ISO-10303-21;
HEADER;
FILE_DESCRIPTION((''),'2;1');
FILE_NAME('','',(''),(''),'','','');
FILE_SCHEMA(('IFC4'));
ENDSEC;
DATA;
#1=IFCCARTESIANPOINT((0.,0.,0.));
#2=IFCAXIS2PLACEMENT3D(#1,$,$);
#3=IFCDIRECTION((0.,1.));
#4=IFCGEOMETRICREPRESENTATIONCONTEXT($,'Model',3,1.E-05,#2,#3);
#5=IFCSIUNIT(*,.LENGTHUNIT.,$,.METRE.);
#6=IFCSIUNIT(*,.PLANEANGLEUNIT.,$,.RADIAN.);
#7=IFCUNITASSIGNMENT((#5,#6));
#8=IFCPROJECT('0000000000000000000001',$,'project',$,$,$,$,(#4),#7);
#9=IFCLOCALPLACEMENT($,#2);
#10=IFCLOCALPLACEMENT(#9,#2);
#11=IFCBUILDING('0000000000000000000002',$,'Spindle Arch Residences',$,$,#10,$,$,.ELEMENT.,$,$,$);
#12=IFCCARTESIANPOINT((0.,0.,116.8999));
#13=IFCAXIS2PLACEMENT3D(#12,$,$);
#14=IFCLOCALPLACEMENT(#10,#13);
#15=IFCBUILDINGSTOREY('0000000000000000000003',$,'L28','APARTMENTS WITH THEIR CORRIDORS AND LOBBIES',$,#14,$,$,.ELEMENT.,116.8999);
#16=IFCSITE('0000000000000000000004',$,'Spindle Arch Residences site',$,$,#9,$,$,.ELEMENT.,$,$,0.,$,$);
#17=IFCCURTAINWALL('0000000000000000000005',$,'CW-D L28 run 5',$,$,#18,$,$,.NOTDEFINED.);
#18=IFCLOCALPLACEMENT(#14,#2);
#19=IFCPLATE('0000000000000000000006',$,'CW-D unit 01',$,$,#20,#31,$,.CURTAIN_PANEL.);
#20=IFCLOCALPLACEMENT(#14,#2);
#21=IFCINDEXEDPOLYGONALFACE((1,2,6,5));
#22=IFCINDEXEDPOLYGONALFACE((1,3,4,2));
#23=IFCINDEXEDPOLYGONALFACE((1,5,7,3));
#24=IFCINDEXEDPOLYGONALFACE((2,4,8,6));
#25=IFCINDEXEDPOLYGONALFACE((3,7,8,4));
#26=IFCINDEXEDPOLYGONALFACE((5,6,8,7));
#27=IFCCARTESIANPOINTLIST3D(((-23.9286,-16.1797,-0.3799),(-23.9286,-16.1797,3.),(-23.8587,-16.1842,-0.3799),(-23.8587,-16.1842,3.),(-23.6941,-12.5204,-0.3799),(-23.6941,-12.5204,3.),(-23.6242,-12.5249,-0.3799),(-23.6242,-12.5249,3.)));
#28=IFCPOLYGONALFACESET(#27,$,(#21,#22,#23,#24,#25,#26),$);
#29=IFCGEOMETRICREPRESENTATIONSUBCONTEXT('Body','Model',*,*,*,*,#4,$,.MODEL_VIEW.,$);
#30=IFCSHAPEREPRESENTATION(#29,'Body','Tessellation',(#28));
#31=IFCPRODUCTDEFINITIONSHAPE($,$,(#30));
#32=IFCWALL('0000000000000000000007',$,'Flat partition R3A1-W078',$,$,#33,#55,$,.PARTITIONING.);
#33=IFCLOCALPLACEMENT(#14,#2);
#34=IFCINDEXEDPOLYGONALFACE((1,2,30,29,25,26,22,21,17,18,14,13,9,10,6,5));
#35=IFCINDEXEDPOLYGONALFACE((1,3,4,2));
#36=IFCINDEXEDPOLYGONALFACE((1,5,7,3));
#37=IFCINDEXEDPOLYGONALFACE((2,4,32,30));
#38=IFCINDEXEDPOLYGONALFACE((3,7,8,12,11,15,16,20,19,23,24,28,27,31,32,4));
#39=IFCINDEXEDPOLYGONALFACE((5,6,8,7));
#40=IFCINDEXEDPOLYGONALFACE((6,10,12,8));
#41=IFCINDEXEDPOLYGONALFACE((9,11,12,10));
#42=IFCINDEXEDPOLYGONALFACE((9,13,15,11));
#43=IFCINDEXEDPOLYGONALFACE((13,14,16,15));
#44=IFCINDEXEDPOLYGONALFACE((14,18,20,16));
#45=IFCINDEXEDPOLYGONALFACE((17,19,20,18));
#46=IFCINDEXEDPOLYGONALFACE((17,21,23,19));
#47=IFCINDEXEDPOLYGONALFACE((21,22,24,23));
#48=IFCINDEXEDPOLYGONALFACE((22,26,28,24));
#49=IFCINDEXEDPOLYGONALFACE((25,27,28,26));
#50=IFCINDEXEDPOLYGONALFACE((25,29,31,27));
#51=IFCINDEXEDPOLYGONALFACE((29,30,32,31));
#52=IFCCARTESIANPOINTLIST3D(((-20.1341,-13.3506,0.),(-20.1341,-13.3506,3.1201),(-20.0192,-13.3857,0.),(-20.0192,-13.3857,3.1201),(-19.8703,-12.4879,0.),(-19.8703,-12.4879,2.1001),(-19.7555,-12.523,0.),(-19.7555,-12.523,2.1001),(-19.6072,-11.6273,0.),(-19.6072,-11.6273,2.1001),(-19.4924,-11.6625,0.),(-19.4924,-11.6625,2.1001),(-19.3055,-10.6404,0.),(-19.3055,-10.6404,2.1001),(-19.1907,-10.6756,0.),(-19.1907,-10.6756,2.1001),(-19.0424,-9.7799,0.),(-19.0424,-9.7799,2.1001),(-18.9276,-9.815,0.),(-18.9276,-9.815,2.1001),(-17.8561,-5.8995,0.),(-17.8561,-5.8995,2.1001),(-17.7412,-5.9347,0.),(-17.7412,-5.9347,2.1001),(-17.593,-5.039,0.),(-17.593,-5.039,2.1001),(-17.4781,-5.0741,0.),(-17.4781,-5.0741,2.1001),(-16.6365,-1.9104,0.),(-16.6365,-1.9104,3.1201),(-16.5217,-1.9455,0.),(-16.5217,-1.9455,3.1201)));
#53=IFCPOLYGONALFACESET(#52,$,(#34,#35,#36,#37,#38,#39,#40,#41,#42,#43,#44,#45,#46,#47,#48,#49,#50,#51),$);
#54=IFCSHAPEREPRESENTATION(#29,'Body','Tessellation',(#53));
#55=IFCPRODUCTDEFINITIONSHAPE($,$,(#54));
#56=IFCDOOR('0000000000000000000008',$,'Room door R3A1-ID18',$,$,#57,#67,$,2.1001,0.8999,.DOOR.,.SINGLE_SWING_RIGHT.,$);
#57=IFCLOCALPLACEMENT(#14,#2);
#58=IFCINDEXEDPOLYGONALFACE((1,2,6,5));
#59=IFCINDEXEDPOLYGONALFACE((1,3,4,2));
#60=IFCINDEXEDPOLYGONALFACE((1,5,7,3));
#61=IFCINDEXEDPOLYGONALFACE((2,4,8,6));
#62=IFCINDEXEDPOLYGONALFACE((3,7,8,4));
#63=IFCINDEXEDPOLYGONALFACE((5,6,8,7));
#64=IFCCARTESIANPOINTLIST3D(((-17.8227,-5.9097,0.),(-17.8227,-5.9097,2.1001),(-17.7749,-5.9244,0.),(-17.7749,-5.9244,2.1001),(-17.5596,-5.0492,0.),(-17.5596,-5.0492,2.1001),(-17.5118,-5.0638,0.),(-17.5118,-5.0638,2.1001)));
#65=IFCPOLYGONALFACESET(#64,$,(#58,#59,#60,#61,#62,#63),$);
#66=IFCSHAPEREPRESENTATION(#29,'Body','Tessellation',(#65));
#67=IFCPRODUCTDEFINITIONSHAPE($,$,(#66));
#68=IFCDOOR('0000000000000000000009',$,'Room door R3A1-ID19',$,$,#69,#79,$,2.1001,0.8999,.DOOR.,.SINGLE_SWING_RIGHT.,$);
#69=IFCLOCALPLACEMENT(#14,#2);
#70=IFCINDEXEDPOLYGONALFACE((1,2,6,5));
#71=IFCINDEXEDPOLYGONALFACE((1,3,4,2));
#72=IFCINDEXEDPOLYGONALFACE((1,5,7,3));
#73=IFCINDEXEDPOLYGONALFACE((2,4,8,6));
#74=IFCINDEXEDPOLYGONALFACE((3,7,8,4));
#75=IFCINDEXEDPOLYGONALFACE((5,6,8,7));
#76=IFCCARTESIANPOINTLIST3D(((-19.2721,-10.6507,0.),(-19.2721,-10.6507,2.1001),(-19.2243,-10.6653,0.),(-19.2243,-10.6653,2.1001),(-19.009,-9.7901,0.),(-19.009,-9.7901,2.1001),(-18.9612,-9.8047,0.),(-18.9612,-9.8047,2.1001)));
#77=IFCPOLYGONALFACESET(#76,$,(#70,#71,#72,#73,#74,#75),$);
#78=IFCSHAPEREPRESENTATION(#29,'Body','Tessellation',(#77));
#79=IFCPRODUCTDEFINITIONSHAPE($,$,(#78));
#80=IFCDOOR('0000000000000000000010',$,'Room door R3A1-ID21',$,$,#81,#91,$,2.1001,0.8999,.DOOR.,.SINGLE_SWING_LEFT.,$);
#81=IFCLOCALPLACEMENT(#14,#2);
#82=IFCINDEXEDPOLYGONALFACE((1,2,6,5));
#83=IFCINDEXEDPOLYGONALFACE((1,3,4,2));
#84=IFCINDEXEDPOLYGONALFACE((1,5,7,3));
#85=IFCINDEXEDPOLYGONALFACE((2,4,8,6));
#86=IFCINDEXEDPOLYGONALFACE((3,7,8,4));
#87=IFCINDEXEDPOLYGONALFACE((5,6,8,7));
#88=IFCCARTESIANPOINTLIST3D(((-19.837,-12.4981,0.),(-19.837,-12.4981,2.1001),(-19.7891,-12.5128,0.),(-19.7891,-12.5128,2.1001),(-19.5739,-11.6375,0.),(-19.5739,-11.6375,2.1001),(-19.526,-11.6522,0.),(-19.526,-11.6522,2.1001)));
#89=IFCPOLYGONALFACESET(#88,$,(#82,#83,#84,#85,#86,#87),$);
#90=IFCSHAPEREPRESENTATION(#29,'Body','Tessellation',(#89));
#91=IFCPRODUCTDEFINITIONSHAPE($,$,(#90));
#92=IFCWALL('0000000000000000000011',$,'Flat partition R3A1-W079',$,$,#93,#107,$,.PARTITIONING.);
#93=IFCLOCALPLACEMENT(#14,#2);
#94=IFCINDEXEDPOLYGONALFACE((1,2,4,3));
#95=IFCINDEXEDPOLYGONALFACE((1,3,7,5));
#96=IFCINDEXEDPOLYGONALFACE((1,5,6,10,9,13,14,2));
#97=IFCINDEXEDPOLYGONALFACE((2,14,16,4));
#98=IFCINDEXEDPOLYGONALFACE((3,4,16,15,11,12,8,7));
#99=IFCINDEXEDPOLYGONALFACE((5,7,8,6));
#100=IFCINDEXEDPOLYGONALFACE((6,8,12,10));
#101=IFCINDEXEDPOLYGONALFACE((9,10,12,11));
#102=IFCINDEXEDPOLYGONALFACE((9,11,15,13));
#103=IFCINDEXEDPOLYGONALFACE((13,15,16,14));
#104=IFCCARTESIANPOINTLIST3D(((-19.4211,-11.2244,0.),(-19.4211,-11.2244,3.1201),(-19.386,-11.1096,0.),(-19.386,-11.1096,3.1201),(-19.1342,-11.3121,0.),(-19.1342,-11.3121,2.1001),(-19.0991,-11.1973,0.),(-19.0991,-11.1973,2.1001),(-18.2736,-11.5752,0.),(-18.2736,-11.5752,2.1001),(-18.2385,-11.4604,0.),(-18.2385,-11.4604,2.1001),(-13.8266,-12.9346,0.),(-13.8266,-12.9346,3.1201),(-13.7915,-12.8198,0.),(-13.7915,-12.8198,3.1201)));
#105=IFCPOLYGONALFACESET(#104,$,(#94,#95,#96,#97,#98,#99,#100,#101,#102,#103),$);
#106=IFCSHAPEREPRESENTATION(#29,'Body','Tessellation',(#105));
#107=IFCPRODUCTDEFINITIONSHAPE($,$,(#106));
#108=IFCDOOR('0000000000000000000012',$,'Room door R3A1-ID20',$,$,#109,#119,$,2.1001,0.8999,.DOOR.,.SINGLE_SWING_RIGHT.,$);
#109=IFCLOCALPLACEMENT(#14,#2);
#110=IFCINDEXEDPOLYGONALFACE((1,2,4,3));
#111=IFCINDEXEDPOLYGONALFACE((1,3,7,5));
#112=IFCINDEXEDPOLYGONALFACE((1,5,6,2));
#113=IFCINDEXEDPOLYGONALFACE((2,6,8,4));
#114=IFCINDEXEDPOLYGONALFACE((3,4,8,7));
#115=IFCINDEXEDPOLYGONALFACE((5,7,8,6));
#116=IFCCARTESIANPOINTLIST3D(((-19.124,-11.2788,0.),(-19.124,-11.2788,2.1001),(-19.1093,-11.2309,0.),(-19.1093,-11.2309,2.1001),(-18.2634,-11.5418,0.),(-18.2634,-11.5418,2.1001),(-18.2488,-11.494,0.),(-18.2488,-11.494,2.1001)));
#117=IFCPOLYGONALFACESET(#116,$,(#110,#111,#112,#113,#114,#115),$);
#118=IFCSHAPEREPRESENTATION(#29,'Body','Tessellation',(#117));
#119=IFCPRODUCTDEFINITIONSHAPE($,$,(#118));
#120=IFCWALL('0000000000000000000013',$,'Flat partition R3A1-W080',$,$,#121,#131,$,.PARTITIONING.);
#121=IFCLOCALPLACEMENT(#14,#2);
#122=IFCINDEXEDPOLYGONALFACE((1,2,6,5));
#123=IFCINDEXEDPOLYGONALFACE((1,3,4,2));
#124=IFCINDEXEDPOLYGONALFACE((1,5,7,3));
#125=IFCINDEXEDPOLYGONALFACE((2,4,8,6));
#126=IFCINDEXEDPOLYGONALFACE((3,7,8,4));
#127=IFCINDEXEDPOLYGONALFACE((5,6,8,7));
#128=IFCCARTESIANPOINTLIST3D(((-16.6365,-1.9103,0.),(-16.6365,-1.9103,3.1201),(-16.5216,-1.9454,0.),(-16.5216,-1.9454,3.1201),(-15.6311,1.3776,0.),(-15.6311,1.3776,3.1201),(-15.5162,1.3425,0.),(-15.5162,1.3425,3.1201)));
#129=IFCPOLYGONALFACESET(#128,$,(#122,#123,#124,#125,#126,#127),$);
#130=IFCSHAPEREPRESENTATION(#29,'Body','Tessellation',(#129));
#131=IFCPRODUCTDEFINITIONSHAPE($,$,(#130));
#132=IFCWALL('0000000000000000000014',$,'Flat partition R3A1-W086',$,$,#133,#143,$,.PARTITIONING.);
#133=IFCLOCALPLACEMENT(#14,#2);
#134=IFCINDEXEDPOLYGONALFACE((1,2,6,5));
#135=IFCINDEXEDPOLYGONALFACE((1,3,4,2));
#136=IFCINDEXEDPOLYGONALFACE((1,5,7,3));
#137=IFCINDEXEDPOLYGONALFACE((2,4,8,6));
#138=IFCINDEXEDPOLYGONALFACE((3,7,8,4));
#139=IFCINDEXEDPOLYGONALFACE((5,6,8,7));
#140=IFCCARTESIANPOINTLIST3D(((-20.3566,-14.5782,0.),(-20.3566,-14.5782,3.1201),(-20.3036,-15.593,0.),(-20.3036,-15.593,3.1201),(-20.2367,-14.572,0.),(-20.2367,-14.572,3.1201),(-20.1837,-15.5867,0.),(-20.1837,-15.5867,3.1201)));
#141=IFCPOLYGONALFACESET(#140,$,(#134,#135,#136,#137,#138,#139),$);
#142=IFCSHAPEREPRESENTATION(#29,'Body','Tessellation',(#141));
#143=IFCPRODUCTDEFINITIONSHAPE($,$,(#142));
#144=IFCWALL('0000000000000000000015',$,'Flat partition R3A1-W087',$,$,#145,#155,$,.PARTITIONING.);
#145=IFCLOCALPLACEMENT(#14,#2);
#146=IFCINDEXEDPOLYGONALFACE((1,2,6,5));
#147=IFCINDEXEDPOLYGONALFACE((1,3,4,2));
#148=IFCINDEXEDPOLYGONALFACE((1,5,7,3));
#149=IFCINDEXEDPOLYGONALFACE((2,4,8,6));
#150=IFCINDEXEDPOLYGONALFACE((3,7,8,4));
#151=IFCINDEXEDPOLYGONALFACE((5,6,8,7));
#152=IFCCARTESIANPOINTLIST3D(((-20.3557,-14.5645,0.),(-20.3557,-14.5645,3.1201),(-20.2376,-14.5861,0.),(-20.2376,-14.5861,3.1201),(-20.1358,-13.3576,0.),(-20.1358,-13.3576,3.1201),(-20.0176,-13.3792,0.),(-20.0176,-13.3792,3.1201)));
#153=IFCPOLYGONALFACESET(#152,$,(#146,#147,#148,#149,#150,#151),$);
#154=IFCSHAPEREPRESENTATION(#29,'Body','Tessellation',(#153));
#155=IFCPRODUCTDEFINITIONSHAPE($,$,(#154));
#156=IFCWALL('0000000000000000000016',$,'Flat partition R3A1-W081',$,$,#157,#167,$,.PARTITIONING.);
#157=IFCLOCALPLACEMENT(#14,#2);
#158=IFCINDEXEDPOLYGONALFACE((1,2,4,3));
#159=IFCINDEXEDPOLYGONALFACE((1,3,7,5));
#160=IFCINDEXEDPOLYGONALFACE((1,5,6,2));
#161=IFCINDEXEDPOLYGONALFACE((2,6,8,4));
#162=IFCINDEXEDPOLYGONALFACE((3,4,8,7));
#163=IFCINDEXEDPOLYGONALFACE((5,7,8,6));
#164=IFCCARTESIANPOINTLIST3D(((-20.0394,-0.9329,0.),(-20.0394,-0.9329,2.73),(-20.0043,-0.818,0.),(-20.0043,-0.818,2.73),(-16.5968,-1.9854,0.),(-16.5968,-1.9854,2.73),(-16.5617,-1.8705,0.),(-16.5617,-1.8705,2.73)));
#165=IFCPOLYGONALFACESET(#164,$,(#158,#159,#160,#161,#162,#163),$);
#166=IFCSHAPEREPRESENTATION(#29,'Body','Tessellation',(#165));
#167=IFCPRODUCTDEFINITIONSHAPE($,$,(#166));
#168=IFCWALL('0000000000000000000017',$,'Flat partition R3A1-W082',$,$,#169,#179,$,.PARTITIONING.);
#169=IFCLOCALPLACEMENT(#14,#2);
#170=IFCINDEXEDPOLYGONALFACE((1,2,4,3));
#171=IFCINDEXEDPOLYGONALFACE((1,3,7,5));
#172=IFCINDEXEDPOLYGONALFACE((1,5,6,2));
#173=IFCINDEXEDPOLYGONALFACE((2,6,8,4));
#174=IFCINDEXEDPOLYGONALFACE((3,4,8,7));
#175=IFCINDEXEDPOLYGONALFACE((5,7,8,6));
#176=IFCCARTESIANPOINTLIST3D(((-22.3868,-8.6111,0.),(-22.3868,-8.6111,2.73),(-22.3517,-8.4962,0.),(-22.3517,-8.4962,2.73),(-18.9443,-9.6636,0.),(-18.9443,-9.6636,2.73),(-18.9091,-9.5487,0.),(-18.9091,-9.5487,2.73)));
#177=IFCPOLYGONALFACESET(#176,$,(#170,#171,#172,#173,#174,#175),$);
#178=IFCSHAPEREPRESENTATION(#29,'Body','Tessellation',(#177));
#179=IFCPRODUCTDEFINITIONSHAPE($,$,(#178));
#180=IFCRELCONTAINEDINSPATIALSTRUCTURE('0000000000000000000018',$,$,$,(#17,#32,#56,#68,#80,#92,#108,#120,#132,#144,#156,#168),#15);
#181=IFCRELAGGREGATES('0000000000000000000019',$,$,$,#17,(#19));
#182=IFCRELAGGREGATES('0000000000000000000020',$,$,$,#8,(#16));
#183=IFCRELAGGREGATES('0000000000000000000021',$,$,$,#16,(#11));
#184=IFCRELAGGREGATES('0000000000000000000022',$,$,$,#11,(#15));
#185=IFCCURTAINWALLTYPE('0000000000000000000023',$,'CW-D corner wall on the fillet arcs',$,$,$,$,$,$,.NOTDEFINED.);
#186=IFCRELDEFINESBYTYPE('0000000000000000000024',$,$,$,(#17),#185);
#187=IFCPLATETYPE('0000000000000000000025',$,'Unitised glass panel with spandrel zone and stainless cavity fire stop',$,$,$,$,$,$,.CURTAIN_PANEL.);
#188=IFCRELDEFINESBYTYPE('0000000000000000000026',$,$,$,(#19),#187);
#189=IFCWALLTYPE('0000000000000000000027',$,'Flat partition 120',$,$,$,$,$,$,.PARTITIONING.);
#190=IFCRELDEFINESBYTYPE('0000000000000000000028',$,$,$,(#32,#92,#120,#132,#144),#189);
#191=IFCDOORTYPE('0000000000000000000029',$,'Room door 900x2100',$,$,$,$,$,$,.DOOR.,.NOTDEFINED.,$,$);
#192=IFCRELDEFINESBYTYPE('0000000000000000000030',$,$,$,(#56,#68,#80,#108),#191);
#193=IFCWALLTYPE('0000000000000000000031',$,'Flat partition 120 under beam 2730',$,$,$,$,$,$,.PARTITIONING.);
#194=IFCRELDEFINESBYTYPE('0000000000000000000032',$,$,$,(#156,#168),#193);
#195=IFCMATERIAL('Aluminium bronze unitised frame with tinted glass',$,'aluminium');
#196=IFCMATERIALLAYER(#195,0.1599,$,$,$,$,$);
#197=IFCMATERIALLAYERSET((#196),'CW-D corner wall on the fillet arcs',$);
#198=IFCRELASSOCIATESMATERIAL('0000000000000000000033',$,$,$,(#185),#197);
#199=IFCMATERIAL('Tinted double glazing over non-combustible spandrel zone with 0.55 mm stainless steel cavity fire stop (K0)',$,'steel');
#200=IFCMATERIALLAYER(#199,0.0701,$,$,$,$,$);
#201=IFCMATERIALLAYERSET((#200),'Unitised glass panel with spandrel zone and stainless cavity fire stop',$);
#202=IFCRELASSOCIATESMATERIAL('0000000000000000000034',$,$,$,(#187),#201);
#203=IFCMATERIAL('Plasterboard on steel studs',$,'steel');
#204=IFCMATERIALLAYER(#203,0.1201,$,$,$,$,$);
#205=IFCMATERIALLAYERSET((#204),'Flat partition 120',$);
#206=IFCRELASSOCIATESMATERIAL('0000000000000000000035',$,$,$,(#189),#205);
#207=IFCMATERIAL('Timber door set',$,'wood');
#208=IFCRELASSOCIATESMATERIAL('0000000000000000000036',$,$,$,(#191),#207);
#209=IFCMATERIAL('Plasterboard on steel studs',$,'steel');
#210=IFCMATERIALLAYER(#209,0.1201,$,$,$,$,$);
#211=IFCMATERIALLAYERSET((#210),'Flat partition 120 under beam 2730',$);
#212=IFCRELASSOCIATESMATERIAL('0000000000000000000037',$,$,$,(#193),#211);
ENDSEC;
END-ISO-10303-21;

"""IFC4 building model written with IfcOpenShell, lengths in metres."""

from ifc_helpers import new_model, si_unit, direction, frame, frame_2d, origin, origin_2d, place, context, subcontext, project, spatial, rectangle, extrude, material, layer, layer_set, type_object, element, fill, aggregate, save


model = new_model("IFC4")

# Units and contexts
model_context = context("Model", 3, precision=1e-05, world=origin(), true_north=direction((0.0, 1.0)))
body_context = subcontext(model_context, "Body", "Model", "MODEL_VIEW")
ifc_project = project(units=[si_unit("LENGTHUNIT", "METRE"), si_unit("PLANEANGLEUNIT", "RADIAN")], contexts=[model_context])

# Site, building, storey
site_placement = place(None, origin())
site = spatial("IfcSite", under=ifc_project, at=site_placement, Name="Spindle Arch Residences site", CompositionType="ELEMENT", RefElevation=0.0)
building_placement = place(site_placement, origin())
building = spatial("IfcBuilding", under=site, at=building_placement, Name="Spindle Arch Residences", CompositionType="ELEMENT")
storey_placement = place(building_placement, frame((0.0, 0.0, 116.8999)))
storey = spatial("IfcBuildingStorey", under=building, at=storey_placement, Name="L28", Description="APARTMENTS WITH THEIR CORRIDORS AND LOBBIES", CompositionType="ELEMENT", Elevation=116.8999)

# Curtain wall
ifc_material_1 = material(Name="Aluminium bronze unitised frame with tinted glass", Category="aluminium")
ifc_layer_1 = layer(ifc_material_1, 0.1599)
ifc_layer_set_1 = layer_set([ifc_layer_1], Name="CW-D corner wall on the fillet arcs")
curtain_wall_type_1 = type_object("IfcCurtainWallType", Name="CW-D corner wall on the fillet arcs", PredefinedType="NOTDEFINED", material=ifc_layer_set_1)
curtain_wall_1_placement = place(storey_placement, origin())
curtain_wall_1 = element("IfcCurtainWall", 1, at=curtain_wall_1_placement, inside=storey, type_object=curtain_wall_type_1, Name="CW-D L28 run 5", PredefinedType="NOTDEFINED")

# Plate
ifc_material_2 = material(Name="Tinted double glazing over non-combustible spandrel zone with 0.55 mm stainless steel cavity fire stop (K0)", Category="steel")
ifc_layer_2 = layer(ifc_material_2, 0.0701)
ifc_layer_set_2 = layer_set([ifc_layer_2], Name="Unitised glass panel with spandrel zone and stainless cavity fire stop")
plate_type = type_object("IfcPlateType", Name="Unitised glass panel with spandrel zone and stainless cavity fire stop", PredefinedType="CURTAIN_PANEL", material=ifc_layer_set_2)
plate_1_placement = place(storey_placement, frame((-23.7764, -14.3523, -0.3799), z_axis=(0.0, 0.0, 1.0), x_axis=(-0.063952, -0.997953, 0.0)))
plate_1 = element("IfcPlate", 2, at=plate_1_placement, type_object=plate_type, Name="CW-D unit 01", PredefinedType="CURTAIN_PANEL", context=body_context, shape_type="SweptSolid", body=[
    extrude(rectangle(XDim=3.6667, YDim=0.0701, at=origin_2d()), origin(), (0.0, 0.0, 1.0), 3.3799),
])
aggregate(curtain_wall_1, [plate_1])

# Wall, openings, doors
ifc_material_3 = material(Name="Plasterboard on steel studs", Category="steel")
ifc_layer_3 = layer(ifc_material_3, 0.1201)
ifc_layer_set_3 = layer_set([ifc_layer_3], Name="Flat partition 120")
wall_type_1 = type_object("IfcWallType", Name="Flat partition 120", PredefinedType="PARTITIONING", material=ifc_layer_set_3)
wall_1_placement = place(storey_placement, frame((-16.5791, -1.928, 0.0), z_axis=(0.0, 0.0, 1.0), x_axis=(-0.292367, -0.956306, 0.0)))
wall_1 = element("IfcWall", 3, at=wall_1_placement, inside=storey, type_object=wall_type_1, Name="Flat partition R3A1-W078", PredefinedType="PARTITIONING", context=body_context, shape_type="SweptSolid", body=[
    extrude(rectangle(XDim=11.9629, YDim=0.1201, at=frame_2d((5.9814, 0.0))), origin(), (0.0, 0.0, 1.0), 3.1201),
])
opening_1_placement = place(wall_1_placement, frame((3.2715, 0.0, 0.0)))
opening_1 = element("IfcOpeningElement", 4, at=opening_1_placement, cuts=wall_1, PredefinedType="OPENING", context=body_context, shape_type="SweptSolid", body=[
    extrude(rectangle(XDim=0.8999, YDim=2.1001, at=frame_2d((0.45, 1.05))), frame((0.0, 0.0701, 0.0), z_axis=(0.0, -1.0, 0.0), x_axis=(1.0, 0.0, 0.0)), (0.0, 0.0, 1.0), 0.1401),
])
opening_2_placement = place(wall_1_placement, frame((8.229, 0.0, 0.0)))
opening_2 = element("IfcOpeningElement", 5, at=opening_2_placement, cuts=wall_1, PredefinedType="OPENING", context=body_context, shape_type="SweptSolid", body=[
    extrude(rectangle(XDim=0.8999, YDim=2.1001, at=frame_2d((0.45, 1.05))), frame((0.0, 0.0701, 0.0), z_axis=(0.0, -1.0, 0.0), x_axis=(1.0, 0.0, 0.0)), (0.0, 0.0, 1.0), 0.1401),
])
opening_3_placement = place(wall_1_placement, frame((10.1609, 0.0, 0.0)))
opening_3 = element("IfcOpeningElement", 6, at=opening_3_placement, cuts=wall_1, PredefinedType="OPENING", context=body_context, shape_type="SweptSolid", body=[
    extrude(rectangle(XDim=0.8999, YDim=2.1001, at=frame_2d((0.45, 1.05))), frame((0.0, 0.0701, 0.0), z_axis=(0.0, -1.0, 0.0), x_axis=(1.0, 0.0, 0.0)), (0.0, 0.0, 1.0), 0.1401),
])
ifc_material_4 = material(Name="Timber door set", Category="wood")
door_type_1 = type_object("IfcDoorType", Name="Room door 900x2100", OperationType="NOTDEFINED", PredefinedType="DOOR", material=ifc_material_4)
door_1_placement = place(opening_1_placement, origin())
door_1 = element("IfcDoor", 7, at=door_1_placement, inside=storey, type_object=door_type_1, Name="Room door R3A1-ID18", OperationType="SINGLE_SWING_RIGHT", OverallHeight=2.1001, OverallWidth=0.8999, PredefinedType="DOOR", context=body_context, shape_type="SweptSolid", body=[
    extrude(rectangle(XDim=0.8999, YDim=2.1001, at=frame_2d((0.45, 1.05))), frame((0.0, 0.0249, 0.0), z_axis=(0.0, -1.0, 0.0), x_axis=(1.0, 0.0, 0.0)), (0.0, 0.0, 1.0), 0.05),
])
fill(opening_1, door_1)
door_2_placement = place(opening_2_placement, origin())
door_2 = element("IfcDoor", 8, at=door_2_placement, inside=storey, type_object=door_type_1, Name="Room door R3A1-ID19", OperationType="SINGLE_SWING_RIGHT", OverallHeight=2.1001, OverallWidth=0.8999, PredefinedType="DOOR", context=body_context, shape_type="SweptSolid", body=[
    extrude(rectangle(XDim=0.8999, YDim=2.1001, at=frame_2d((0.45, 1.05))), frame((0.0, 0.0249, 0.0), z_axis=(0.0, -1.0, 0.0), x_axis=(1.0, 0.0, 0.0)), (0.0, 0.0, 1.0), 0.05),
])
fill(opening_2, door_2)
door_3_placement = place(opening_3_placement, origin())
door_3 = element("IfcDoor", 9, at=door_3_placement, inside=storey, type_object=door_type_1, Name="Room door R3A1-ID21", OperationType="SINGLE_SWING_LEFT", OverallHeight=2.1001, OverallWidth=0.8999, PredefinedType="DOOR", context=body_context, shape_type="SweptSolid", body=[
    extrude(rectangle(XDim=0.8999, YDim=2.1001, at=frame_2d((0.45, 1.05))), frame((0.0, 0.0249, 0.0), z_axis=(0.0, -1.0, 0.0), x_axis=(1.0, 0.0, 0.0)), (0.0, 0.0, 1.0), 0.05),
])
fill(opening_3, door_3)

# Wall, opening, door
wall_2_placement = place(storey_placement, frame((-19.4036, -11.167, 0.0), z_axis=(0.0, 0.0, 1.0), x_axis=(0.956314, -0.29234, 0.0)))
wall_2 = element("IfcWall", 10, at=wall_2_placement, inside=storey, type_object=wall_type_1, Name="Flat partition R3A1-W079", PredefinedType="PARTITIONING", context=body_context, shape_type="SweptSolid", body=[
    extrude(rectangle(XDim=5.8501, YDim=0.1201, at=frame_2d((2.925, 0.0))), origin(), (0.0, 0.0, 1.0), 3.1201),
])
opening_4_placement = place(wall_2_placement, frame((0.3, 0.0, 0.0)))
opening_4 = element("IfcOpeningElement", 11, at=opening_4_placement, cuts=wall_2, PredefinedType="OPENING", context=body_context, shape_type="SweptSolid", body=[
    extrude(rectangle(XDim=0.8999, YDim=2.1001, at=frame_2d((0.45, 1.05))), frame((0.0, 0.0701, 0.0), z_axis=(0.0, -1.0, 0.0), x_axis=(1.0, 0.0, 0.0)), (0.0, 0.0, 1.0), 0.1401),
])
door_4_placement = place(opening_4_placement, origin())
door_4 = element("IfcDoor", 12, at=door_4_placement, inside=storey, type_object=door_type_1, Name="Room door R3A1-ID20", OperationType="SINGLE_SWING_RIGHT", OverallHeight=2.1001, OverallWidth=0.8999, PredefinedType="DOOR", context=body_context, shape_type="SweptSolid", body=[
    extrude(rectangle(XDim=0.8999, YDim=2.1001, at=frame_2d((0.45, 1.05))), frame((0.0, 0.0249, 0.0), z_axis=(0.0, -1.0, 0.0), x_axis=(1.0, 0.0, 0.0)), (0.0, 0.0, 1.0), 0.05),
])
fill(opening_4, door_4)

# Walls
wall_3_placement = place(storey_placement, frame((-16.5791, -1.928, 0.0), z_axis=(0.0, 0.0, 1.0), x_axis=(0.292419, 0.95629, 0.0)))
element("IfcWall", 13, at=wall_3_placement, inside=storey, type_object=wall_type_1, Name="Flat partition R3A1-W080", PredefinedType="PARTITIONING", context=body_context, shape_type="SweptSolid", body=[
    extrude(rectangle(XDim=3.4382, YDim=0.1201, at=frame_2d((1.7192, 0.0))), origin(), (0.0, 0.0, 1.0), 3.1201),
])
wall_4_placement = place(storey_placement, frame((-20.2437, -15.5898, 0.0), z_axis=(0.0, 0.0, 1.0), x_axis=(-0.052143, 0.99864, 0.0)))
element("IfcWall", 14, at=wall_4_placement, inside=storey, type_object=wall_type_1, Name="Flat partition R3A1-W086", PredefinedType="PARTITIONING", context=body_context, shape_type="SweptSolid", body=[
    extrude(rectangle(XDim=1.0161, YDim=0.1201, at=frame_2d((0.5081, 0.0))), origin(), (0.0, 0.0, 1.0), 3.1201),
])
wall_5_placement = place(storey_placement, frame((-20.2966, -14.5752, 0.0), z_axis=(0.0, 0.0, 1.0), x_axis=(0.179288, 0.983797, 0.0)))
element("IfcWall", 15, at=wall_5_placement, inside=storey, type_object=wall_type_1, Name="Flat partition R3A1-W087", PredefinedType="PARTITIONING", context=body_context, shape_type="SweptSolid", body=[
    extrude(rectangle(XDim=1.2268, YDim=0.1201, at=frame_2d((0.6133, 0.0))), origin(), (0.0, 0.0, 1.0), 3.1201),
])
ifc_material_5 = material(Name="Plasterboard on steel studs", Category="steel")
ifc_layer_4 = layer(ifc_material_5, 0.1201)
ifc_layer_set_4 = layer_set([ifc_layer_4], Name="Flat partition 120 under beam 2730")
wall_type_2 = type_object("IfcWallType", Name="Flat partition 120 under beam 2730", PredefinedType="PARTITIONING", material=ifc_layer_set_4)
for number, where, z_axis, x_axis, name in (
    (16, (-20.0217, -0.8755, 0.0), (0.0, 0.0, 1.0), (0.956307, -0.292365, 0.0), "Flat partition R3A1-W081"),
    (17, (-22.3691, -8.5537, 0.0), (0.0, 0.0, 1.0), (0.956307, -0.292365, 0.0), "Flat partition R3A1-W082"),
):
    element("IfcWall", number, at=place(storey_placement, frame(where, z_axis=z_axis, x_axis=x_axis)), inside=storey, type_object=wall_type_2, Name=name, PredefinedType="PARTITIONING", context=body_context, shape_type="SweptSolid", body=[
        extrude(rectangle(XDim=3.5999, YDim=0.1201, at=frame_2d((1.7998, 0.0))), origin(), (0.0, 0.0, 1.0), 2.73),
    ])

save(model, "model.ifc")
